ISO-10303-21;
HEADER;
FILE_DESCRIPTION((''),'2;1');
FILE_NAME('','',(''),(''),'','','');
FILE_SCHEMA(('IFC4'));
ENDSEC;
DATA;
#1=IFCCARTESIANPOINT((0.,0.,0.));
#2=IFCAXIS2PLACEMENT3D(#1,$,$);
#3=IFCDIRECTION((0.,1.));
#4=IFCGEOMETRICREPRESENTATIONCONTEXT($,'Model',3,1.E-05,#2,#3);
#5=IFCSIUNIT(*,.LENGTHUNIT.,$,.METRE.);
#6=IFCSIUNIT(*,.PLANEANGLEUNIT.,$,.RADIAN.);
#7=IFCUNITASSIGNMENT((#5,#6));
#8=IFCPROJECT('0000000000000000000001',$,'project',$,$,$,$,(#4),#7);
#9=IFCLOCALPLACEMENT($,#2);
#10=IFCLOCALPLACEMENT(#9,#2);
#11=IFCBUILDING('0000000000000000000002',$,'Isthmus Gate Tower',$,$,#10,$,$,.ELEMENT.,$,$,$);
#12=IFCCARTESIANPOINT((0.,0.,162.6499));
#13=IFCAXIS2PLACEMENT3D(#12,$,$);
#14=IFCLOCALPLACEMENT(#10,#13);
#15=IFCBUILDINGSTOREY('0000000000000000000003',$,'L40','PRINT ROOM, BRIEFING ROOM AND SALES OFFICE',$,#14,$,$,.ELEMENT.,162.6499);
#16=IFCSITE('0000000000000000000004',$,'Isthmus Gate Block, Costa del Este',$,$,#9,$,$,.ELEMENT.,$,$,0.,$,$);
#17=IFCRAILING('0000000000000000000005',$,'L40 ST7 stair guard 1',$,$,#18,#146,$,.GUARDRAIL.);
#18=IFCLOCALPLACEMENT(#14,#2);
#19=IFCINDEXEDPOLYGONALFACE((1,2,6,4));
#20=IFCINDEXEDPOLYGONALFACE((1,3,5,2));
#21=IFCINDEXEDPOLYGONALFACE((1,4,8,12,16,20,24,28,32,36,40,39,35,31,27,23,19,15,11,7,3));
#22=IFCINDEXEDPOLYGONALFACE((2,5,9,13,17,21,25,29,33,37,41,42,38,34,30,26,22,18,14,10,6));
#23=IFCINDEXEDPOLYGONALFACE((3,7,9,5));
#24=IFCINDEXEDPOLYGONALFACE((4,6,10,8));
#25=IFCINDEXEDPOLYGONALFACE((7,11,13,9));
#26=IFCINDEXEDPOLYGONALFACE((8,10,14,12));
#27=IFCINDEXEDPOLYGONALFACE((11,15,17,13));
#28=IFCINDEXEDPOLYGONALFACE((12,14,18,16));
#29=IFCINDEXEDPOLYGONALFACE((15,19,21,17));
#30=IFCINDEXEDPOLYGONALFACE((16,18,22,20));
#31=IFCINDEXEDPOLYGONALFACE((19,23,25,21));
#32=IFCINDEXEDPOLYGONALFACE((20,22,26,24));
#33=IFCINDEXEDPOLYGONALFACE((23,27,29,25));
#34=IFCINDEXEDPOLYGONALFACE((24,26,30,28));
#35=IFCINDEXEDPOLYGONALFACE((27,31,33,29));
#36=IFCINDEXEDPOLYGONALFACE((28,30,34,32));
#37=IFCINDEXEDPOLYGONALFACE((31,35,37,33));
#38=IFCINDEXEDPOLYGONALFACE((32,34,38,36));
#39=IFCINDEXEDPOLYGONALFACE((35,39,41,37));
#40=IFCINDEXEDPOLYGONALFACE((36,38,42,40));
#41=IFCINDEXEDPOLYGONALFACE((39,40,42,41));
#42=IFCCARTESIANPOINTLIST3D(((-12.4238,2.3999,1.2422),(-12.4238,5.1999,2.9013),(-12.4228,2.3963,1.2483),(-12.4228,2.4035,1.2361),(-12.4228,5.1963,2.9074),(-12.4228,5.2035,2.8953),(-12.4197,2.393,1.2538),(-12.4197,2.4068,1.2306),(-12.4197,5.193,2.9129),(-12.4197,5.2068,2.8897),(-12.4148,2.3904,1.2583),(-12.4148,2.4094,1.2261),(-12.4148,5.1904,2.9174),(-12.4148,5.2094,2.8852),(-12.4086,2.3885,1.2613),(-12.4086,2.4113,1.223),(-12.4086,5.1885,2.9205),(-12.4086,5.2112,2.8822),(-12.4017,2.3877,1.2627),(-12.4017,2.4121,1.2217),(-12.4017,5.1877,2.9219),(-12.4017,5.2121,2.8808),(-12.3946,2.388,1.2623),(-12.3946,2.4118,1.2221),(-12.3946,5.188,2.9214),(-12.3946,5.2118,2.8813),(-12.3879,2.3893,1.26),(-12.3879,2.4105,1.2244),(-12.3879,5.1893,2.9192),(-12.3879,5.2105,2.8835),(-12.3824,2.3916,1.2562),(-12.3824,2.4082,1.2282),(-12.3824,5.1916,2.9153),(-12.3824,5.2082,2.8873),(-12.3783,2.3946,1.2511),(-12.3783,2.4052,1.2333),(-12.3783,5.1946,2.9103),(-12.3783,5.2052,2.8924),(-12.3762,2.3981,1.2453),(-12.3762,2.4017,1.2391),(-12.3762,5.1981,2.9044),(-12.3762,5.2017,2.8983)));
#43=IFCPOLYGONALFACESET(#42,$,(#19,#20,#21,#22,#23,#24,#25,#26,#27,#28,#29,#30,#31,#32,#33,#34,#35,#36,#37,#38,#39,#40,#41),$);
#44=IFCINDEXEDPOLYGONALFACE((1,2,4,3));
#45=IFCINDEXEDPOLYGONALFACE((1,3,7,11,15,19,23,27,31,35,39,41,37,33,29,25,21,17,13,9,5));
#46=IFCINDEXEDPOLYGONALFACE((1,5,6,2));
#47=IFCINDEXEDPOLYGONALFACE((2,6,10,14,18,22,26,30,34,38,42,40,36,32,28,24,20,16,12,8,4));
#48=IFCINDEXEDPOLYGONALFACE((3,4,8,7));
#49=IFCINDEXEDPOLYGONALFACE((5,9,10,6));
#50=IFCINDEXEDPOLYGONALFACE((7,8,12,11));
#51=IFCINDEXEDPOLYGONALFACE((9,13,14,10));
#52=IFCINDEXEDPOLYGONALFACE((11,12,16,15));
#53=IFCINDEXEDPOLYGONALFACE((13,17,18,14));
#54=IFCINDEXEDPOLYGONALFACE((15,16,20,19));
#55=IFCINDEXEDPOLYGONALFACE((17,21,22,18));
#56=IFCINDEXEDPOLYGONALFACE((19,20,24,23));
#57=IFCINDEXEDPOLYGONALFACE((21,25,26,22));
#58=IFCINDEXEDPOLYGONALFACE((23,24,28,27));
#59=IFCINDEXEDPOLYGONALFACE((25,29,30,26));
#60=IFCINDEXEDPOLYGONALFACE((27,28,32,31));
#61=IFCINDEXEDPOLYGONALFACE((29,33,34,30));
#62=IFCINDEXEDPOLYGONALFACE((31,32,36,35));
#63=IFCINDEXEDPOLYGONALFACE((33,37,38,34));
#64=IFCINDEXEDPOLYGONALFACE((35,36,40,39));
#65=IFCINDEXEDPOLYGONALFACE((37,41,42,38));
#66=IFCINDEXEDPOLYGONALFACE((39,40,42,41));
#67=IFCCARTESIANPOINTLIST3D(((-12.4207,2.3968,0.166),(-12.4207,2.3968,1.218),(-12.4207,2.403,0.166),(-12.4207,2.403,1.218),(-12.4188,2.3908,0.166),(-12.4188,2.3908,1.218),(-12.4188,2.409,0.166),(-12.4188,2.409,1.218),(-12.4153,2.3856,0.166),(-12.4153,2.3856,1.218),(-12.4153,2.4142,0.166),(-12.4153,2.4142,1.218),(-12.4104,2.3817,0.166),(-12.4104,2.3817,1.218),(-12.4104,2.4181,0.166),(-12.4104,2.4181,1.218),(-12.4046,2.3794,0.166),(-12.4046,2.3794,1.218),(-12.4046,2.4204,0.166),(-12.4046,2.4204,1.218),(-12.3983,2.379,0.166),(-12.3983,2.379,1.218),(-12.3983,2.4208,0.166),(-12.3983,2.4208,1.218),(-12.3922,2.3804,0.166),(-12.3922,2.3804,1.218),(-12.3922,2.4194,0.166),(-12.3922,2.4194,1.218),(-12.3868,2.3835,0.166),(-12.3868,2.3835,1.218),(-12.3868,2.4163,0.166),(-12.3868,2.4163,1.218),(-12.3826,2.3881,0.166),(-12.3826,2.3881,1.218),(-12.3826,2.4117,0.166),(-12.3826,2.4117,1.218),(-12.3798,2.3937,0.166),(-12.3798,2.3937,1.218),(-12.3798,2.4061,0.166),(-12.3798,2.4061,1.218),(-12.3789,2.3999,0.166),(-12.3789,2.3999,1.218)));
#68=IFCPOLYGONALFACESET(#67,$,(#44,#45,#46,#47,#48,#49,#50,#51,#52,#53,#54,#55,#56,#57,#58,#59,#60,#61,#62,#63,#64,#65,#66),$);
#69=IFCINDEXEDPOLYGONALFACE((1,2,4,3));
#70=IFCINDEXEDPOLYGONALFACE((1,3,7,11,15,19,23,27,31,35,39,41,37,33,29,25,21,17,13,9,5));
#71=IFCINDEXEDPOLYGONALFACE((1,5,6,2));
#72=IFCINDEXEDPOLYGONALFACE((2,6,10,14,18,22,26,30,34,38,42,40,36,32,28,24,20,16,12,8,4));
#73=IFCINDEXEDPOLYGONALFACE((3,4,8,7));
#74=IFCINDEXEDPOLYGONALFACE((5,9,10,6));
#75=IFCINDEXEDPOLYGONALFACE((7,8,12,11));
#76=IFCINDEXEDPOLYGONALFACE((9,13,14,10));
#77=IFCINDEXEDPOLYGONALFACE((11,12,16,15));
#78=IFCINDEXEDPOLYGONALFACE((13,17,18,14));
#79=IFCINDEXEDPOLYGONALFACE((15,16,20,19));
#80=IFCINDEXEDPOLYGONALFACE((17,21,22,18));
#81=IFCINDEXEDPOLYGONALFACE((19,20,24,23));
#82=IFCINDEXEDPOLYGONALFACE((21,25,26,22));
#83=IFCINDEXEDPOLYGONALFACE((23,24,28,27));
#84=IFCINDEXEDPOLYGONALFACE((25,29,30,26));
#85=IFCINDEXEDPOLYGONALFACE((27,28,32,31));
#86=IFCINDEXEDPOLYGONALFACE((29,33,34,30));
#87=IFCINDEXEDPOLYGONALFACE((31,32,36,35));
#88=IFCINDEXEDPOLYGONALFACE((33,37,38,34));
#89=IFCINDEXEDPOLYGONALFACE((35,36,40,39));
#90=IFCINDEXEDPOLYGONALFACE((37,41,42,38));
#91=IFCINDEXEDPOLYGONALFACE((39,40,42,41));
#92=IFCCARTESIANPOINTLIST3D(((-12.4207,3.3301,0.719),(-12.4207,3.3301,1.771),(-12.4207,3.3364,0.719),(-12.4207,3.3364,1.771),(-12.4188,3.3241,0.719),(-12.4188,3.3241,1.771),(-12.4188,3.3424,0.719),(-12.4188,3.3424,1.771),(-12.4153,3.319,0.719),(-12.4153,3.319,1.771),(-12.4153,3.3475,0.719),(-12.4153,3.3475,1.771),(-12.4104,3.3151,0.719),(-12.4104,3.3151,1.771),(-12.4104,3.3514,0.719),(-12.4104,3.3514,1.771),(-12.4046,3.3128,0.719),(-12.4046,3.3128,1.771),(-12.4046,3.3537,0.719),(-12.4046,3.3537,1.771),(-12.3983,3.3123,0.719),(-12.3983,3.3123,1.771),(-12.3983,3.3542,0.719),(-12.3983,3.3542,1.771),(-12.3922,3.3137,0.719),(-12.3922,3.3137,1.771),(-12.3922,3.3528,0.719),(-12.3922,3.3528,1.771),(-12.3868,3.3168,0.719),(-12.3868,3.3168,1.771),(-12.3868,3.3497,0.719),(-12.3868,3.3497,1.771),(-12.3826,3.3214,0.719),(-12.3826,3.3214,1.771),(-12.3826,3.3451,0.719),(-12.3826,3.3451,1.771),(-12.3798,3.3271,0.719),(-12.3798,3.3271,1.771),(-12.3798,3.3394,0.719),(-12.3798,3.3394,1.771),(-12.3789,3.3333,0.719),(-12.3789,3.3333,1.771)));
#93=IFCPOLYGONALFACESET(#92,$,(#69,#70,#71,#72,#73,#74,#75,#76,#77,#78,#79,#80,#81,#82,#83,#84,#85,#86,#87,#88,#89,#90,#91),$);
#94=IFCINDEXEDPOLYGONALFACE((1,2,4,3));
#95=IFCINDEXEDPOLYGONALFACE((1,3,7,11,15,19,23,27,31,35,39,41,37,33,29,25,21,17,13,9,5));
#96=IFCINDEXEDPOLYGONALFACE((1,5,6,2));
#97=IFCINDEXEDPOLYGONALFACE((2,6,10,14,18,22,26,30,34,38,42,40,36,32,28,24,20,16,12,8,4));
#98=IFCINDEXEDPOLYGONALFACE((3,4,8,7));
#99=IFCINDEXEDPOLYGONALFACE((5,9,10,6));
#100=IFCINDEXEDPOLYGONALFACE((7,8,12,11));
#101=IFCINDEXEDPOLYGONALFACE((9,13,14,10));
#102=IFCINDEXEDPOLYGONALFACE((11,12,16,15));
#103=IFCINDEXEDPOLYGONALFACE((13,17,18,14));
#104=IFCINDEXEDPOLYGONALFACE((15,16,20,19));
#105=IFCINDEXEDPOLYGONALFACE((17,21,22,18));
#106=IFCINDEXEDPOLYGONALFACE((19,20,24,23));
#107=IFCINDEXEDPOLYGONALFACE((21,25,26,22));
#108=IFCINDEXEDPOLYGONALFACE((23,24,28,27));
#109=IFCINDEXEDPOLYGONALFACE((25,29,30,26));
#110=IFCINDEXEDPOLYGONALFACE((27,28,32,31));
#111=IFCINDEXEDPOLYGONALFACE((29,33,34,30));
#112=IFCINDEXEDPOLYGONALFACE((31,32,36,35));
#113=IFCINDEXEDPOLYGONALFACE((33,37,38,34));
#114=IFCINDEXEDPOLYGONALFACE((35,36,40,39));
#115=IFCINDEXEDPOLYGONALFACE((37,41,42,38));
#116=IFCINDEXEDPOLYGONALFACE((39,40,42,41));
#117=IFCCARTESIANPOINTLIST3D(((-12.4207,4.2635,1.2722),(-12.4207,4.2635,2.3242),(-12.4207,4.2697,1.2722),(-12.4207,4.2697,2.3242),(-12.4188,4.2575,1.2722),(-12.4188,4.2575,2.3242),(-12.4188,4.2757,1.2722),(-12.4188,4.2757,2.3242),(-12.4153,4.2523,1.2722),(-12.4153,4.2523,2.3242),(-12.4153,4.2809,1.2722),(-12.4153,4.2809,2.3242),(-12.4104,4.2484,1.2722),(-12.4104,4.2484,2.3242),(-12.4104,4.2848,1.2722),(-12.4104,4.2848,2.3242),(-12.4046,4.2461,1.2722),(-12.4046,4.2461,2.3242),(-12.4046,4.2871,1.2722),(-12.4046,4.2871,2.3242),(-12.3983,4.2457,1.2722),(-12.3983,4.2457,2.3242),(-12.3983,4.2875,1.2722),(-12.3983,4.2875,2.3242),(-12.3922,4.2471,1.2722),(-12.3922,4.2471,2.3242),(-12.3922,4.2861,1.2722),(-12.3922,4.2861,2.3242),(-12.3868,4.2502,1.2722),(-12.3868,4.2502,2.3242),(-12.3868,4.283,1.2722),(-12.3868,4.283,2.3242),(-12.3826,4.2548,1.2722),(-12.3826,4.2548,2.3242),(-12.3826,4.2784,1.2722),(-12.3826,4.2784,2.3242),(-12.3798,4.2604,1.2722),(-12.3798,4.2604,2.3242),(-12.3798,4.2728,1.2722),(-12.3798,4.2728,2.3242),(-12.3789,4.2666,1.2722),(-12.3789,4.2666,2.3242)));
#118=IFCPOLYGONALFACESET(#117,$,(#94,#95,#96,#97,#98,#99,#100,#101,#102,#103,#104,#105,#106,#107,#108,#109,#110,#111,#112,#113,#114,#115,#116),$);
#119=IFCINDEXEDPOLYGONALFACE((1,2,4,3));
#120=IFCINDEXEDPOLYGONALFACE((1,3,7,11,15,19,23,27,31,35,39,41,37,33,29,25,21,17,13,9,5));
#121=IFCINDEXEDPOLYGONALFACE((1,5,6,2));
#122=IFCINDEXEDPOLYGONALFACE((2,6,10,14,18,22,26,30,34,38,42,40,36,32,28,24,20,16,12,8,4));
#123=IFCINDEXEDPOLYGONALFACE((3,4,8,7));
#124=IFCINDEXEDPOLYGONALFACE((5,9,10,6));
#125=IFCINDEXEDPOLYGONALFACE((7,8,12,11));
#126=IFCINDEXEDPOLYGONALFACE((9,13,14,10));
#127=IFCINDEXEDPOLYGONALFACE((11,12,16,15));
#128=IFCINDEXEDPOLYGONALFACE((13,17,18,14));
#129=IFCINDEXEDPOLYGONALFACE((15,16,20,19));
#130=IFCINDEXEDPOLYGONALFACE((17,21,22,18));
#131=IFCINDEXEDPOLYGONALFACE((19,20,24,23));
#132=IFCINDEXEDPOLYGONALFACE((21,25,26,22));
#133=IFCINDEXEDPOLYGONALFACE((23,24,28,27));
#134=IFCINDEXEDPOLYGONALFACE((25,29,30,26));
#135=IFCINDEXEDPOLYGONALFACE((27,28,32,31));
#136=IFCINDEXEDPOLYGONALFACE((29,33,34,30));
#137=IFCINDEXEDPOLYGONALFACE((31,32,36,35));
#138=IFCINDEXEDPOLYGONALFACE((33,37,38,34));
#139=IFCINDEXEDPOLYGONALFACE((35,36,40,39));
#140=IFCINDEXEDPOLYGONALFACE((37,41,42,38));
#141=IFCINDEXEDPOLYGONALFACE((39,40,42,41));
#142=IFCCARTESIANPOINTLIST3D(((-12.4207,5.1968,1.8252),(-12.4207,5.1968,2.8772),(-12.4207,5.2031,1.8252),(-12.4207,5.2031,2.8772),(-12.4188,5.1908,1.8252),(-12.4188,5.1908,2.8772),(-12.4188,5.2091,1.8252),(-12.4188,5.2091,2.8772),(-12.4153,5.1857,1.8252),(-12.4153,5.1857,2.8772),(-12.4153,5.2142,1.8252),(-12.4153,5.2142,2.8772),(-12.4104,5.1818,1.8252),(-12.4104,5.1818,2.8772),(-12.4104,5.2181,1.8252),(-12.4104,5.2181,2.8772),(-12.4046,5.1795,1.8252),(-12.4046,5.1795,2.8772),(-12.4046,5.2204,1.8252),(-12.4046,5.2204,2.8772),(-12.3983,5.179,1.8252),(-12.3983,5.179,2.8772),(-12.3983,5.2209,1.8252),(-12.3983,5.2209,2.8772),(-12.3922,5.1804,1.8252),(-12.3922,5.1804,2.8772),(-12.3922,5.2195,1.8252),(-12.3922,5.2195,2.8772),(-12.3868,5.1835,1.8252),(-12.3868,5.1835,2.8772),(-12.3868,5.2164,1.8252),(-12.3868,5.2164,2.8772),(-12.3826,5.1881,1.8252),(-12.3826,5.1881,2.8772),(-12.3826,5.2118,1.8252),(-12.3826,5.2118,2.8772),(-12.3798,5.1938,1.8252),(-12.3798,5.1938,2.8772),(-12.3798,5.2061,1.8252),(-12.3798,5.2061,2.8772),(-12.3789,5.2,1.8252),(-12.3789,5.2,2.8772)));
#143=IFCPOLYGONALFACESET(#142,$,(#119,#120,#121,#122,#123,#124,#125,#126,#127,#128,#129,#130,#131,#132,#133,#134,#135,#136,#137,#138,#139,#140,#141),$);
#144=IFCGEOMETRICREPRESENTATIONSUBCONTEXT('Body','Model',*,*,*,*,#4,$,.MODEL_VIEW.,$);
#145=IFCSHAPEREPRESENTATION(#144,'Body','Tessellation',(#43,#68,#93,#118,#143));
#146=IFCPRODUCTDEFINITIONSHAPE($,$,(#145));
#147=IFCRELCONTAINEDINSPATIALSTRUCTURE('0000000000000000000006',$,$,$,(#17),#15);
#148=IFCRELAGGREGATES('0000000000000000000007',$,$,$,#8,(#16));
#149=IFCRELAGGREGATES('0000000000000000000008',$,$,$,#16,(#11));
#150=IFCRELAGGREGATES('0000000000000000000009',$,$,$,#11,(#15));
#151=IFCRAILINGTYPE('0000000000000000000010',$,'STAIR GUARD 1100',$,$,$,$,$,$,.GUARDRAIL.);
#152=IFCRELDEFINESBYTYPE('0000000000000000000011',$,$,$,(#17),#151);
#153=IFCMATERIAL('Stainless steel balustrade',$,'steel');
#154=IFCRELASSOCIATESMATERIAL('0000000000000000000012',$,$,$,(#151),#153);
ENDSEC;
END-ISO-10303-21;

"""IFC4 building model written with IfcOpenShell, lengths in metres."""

from ifc_helpers import new_model, si_unit, direction, frame, origin, origin_2d, place, context, subcontext, project, spatial, circle, extrude, material, type_object, element, save


model = new_model("IFC4")

# Units and contexts
model_context = context("Model", 3, precision=1e-05, world=origin(), true_north=direction((0.0, 1.0)))
body_context = subcontext(model_context, "Body", "Model", "MODEL_VIEW")
ifc_project = project(units=[si_unit("LENGTHUNIT", "METRE"), si_unit("PLANEANGLEUNIT", "RADIAN")], contexts=[model_context])

# Site, building, storey
site_placement = place(None, origin())
site = spatial("IfcSite", under=ifc_project, at=site_placement, Name="Isthmus Gate Block, Costa del Este", CompositionType="ELEMENT", RefElevation=0.0)
building_placement = place(site_placement, origin())
building = spatial("IfcBuilding", under=site, at=building_placement, Name="Isthmus Gate Tower", CompositionType="ELEMENT")
storey_placement = place(building_placement, frame((0.0, 0.0, 162.6499)))
storey = spatial("IfcBuildingStorey", under=building, at=storey_placement, Name="L40", Description="PRINT ROOM, BRIEFING ROOM AND SALES OFFICE", CompositionType="ELEMENT", Elevation=162.6499)

# Railing
ifc_material_1 = material(Name="Stainless steel balustrade", Category="steel")
railing_type_1 = type_object("IfcRailingType", Name="STAIR GUARD 1100", PredefinedType="GUARDRAIL", material=ifc_material_1)
for number, where, name in (
    (1, (-12.3999, 2.3999, 0.166), "L40 ST7 stair guard 1"),
):
    element("IfcRailing", number, at=place(storey_placement, frame(where)), inside=storey, type_object=railing_type_1, Name=name, PredefinedType="GUARDRAIL", context=body_context, shape_type="SweptSolid", body=[
        extrude(circle(Radius=0.0239, at=origin_2d()), frame((0.0, 0.0, 1.0762), z_axis=(0.0, 0.860306, 0.509778), x_axis=(-1.0, 0.0, 0.0)), (0.0, 0.0, 1.0), 3.2546),
        extrude(circle(Radius=0.021, at=origin_2d()), origin(), (0.0, 0.0, 1.0), 1.052),
        extrude(circle(Radius=0.021, at=origin_2d()), frame((0.0, 0.9333, 0.553)), (0.0, 0.0, 1.0), 1.052),
        extrude(circle(Radius=0.021, at=origin_2d()), frame((0.0, 1.8667, 1.1062)), (0.0, 0.0, 1.0), 1.052),
        extrude(circle(Radius=0.021, at=origin_2d()), frame((0.0, 2.8, 1.6592)), (0.0, 0.0, 1.0), 1.052),
    ])

save(model, "model.ifc")
